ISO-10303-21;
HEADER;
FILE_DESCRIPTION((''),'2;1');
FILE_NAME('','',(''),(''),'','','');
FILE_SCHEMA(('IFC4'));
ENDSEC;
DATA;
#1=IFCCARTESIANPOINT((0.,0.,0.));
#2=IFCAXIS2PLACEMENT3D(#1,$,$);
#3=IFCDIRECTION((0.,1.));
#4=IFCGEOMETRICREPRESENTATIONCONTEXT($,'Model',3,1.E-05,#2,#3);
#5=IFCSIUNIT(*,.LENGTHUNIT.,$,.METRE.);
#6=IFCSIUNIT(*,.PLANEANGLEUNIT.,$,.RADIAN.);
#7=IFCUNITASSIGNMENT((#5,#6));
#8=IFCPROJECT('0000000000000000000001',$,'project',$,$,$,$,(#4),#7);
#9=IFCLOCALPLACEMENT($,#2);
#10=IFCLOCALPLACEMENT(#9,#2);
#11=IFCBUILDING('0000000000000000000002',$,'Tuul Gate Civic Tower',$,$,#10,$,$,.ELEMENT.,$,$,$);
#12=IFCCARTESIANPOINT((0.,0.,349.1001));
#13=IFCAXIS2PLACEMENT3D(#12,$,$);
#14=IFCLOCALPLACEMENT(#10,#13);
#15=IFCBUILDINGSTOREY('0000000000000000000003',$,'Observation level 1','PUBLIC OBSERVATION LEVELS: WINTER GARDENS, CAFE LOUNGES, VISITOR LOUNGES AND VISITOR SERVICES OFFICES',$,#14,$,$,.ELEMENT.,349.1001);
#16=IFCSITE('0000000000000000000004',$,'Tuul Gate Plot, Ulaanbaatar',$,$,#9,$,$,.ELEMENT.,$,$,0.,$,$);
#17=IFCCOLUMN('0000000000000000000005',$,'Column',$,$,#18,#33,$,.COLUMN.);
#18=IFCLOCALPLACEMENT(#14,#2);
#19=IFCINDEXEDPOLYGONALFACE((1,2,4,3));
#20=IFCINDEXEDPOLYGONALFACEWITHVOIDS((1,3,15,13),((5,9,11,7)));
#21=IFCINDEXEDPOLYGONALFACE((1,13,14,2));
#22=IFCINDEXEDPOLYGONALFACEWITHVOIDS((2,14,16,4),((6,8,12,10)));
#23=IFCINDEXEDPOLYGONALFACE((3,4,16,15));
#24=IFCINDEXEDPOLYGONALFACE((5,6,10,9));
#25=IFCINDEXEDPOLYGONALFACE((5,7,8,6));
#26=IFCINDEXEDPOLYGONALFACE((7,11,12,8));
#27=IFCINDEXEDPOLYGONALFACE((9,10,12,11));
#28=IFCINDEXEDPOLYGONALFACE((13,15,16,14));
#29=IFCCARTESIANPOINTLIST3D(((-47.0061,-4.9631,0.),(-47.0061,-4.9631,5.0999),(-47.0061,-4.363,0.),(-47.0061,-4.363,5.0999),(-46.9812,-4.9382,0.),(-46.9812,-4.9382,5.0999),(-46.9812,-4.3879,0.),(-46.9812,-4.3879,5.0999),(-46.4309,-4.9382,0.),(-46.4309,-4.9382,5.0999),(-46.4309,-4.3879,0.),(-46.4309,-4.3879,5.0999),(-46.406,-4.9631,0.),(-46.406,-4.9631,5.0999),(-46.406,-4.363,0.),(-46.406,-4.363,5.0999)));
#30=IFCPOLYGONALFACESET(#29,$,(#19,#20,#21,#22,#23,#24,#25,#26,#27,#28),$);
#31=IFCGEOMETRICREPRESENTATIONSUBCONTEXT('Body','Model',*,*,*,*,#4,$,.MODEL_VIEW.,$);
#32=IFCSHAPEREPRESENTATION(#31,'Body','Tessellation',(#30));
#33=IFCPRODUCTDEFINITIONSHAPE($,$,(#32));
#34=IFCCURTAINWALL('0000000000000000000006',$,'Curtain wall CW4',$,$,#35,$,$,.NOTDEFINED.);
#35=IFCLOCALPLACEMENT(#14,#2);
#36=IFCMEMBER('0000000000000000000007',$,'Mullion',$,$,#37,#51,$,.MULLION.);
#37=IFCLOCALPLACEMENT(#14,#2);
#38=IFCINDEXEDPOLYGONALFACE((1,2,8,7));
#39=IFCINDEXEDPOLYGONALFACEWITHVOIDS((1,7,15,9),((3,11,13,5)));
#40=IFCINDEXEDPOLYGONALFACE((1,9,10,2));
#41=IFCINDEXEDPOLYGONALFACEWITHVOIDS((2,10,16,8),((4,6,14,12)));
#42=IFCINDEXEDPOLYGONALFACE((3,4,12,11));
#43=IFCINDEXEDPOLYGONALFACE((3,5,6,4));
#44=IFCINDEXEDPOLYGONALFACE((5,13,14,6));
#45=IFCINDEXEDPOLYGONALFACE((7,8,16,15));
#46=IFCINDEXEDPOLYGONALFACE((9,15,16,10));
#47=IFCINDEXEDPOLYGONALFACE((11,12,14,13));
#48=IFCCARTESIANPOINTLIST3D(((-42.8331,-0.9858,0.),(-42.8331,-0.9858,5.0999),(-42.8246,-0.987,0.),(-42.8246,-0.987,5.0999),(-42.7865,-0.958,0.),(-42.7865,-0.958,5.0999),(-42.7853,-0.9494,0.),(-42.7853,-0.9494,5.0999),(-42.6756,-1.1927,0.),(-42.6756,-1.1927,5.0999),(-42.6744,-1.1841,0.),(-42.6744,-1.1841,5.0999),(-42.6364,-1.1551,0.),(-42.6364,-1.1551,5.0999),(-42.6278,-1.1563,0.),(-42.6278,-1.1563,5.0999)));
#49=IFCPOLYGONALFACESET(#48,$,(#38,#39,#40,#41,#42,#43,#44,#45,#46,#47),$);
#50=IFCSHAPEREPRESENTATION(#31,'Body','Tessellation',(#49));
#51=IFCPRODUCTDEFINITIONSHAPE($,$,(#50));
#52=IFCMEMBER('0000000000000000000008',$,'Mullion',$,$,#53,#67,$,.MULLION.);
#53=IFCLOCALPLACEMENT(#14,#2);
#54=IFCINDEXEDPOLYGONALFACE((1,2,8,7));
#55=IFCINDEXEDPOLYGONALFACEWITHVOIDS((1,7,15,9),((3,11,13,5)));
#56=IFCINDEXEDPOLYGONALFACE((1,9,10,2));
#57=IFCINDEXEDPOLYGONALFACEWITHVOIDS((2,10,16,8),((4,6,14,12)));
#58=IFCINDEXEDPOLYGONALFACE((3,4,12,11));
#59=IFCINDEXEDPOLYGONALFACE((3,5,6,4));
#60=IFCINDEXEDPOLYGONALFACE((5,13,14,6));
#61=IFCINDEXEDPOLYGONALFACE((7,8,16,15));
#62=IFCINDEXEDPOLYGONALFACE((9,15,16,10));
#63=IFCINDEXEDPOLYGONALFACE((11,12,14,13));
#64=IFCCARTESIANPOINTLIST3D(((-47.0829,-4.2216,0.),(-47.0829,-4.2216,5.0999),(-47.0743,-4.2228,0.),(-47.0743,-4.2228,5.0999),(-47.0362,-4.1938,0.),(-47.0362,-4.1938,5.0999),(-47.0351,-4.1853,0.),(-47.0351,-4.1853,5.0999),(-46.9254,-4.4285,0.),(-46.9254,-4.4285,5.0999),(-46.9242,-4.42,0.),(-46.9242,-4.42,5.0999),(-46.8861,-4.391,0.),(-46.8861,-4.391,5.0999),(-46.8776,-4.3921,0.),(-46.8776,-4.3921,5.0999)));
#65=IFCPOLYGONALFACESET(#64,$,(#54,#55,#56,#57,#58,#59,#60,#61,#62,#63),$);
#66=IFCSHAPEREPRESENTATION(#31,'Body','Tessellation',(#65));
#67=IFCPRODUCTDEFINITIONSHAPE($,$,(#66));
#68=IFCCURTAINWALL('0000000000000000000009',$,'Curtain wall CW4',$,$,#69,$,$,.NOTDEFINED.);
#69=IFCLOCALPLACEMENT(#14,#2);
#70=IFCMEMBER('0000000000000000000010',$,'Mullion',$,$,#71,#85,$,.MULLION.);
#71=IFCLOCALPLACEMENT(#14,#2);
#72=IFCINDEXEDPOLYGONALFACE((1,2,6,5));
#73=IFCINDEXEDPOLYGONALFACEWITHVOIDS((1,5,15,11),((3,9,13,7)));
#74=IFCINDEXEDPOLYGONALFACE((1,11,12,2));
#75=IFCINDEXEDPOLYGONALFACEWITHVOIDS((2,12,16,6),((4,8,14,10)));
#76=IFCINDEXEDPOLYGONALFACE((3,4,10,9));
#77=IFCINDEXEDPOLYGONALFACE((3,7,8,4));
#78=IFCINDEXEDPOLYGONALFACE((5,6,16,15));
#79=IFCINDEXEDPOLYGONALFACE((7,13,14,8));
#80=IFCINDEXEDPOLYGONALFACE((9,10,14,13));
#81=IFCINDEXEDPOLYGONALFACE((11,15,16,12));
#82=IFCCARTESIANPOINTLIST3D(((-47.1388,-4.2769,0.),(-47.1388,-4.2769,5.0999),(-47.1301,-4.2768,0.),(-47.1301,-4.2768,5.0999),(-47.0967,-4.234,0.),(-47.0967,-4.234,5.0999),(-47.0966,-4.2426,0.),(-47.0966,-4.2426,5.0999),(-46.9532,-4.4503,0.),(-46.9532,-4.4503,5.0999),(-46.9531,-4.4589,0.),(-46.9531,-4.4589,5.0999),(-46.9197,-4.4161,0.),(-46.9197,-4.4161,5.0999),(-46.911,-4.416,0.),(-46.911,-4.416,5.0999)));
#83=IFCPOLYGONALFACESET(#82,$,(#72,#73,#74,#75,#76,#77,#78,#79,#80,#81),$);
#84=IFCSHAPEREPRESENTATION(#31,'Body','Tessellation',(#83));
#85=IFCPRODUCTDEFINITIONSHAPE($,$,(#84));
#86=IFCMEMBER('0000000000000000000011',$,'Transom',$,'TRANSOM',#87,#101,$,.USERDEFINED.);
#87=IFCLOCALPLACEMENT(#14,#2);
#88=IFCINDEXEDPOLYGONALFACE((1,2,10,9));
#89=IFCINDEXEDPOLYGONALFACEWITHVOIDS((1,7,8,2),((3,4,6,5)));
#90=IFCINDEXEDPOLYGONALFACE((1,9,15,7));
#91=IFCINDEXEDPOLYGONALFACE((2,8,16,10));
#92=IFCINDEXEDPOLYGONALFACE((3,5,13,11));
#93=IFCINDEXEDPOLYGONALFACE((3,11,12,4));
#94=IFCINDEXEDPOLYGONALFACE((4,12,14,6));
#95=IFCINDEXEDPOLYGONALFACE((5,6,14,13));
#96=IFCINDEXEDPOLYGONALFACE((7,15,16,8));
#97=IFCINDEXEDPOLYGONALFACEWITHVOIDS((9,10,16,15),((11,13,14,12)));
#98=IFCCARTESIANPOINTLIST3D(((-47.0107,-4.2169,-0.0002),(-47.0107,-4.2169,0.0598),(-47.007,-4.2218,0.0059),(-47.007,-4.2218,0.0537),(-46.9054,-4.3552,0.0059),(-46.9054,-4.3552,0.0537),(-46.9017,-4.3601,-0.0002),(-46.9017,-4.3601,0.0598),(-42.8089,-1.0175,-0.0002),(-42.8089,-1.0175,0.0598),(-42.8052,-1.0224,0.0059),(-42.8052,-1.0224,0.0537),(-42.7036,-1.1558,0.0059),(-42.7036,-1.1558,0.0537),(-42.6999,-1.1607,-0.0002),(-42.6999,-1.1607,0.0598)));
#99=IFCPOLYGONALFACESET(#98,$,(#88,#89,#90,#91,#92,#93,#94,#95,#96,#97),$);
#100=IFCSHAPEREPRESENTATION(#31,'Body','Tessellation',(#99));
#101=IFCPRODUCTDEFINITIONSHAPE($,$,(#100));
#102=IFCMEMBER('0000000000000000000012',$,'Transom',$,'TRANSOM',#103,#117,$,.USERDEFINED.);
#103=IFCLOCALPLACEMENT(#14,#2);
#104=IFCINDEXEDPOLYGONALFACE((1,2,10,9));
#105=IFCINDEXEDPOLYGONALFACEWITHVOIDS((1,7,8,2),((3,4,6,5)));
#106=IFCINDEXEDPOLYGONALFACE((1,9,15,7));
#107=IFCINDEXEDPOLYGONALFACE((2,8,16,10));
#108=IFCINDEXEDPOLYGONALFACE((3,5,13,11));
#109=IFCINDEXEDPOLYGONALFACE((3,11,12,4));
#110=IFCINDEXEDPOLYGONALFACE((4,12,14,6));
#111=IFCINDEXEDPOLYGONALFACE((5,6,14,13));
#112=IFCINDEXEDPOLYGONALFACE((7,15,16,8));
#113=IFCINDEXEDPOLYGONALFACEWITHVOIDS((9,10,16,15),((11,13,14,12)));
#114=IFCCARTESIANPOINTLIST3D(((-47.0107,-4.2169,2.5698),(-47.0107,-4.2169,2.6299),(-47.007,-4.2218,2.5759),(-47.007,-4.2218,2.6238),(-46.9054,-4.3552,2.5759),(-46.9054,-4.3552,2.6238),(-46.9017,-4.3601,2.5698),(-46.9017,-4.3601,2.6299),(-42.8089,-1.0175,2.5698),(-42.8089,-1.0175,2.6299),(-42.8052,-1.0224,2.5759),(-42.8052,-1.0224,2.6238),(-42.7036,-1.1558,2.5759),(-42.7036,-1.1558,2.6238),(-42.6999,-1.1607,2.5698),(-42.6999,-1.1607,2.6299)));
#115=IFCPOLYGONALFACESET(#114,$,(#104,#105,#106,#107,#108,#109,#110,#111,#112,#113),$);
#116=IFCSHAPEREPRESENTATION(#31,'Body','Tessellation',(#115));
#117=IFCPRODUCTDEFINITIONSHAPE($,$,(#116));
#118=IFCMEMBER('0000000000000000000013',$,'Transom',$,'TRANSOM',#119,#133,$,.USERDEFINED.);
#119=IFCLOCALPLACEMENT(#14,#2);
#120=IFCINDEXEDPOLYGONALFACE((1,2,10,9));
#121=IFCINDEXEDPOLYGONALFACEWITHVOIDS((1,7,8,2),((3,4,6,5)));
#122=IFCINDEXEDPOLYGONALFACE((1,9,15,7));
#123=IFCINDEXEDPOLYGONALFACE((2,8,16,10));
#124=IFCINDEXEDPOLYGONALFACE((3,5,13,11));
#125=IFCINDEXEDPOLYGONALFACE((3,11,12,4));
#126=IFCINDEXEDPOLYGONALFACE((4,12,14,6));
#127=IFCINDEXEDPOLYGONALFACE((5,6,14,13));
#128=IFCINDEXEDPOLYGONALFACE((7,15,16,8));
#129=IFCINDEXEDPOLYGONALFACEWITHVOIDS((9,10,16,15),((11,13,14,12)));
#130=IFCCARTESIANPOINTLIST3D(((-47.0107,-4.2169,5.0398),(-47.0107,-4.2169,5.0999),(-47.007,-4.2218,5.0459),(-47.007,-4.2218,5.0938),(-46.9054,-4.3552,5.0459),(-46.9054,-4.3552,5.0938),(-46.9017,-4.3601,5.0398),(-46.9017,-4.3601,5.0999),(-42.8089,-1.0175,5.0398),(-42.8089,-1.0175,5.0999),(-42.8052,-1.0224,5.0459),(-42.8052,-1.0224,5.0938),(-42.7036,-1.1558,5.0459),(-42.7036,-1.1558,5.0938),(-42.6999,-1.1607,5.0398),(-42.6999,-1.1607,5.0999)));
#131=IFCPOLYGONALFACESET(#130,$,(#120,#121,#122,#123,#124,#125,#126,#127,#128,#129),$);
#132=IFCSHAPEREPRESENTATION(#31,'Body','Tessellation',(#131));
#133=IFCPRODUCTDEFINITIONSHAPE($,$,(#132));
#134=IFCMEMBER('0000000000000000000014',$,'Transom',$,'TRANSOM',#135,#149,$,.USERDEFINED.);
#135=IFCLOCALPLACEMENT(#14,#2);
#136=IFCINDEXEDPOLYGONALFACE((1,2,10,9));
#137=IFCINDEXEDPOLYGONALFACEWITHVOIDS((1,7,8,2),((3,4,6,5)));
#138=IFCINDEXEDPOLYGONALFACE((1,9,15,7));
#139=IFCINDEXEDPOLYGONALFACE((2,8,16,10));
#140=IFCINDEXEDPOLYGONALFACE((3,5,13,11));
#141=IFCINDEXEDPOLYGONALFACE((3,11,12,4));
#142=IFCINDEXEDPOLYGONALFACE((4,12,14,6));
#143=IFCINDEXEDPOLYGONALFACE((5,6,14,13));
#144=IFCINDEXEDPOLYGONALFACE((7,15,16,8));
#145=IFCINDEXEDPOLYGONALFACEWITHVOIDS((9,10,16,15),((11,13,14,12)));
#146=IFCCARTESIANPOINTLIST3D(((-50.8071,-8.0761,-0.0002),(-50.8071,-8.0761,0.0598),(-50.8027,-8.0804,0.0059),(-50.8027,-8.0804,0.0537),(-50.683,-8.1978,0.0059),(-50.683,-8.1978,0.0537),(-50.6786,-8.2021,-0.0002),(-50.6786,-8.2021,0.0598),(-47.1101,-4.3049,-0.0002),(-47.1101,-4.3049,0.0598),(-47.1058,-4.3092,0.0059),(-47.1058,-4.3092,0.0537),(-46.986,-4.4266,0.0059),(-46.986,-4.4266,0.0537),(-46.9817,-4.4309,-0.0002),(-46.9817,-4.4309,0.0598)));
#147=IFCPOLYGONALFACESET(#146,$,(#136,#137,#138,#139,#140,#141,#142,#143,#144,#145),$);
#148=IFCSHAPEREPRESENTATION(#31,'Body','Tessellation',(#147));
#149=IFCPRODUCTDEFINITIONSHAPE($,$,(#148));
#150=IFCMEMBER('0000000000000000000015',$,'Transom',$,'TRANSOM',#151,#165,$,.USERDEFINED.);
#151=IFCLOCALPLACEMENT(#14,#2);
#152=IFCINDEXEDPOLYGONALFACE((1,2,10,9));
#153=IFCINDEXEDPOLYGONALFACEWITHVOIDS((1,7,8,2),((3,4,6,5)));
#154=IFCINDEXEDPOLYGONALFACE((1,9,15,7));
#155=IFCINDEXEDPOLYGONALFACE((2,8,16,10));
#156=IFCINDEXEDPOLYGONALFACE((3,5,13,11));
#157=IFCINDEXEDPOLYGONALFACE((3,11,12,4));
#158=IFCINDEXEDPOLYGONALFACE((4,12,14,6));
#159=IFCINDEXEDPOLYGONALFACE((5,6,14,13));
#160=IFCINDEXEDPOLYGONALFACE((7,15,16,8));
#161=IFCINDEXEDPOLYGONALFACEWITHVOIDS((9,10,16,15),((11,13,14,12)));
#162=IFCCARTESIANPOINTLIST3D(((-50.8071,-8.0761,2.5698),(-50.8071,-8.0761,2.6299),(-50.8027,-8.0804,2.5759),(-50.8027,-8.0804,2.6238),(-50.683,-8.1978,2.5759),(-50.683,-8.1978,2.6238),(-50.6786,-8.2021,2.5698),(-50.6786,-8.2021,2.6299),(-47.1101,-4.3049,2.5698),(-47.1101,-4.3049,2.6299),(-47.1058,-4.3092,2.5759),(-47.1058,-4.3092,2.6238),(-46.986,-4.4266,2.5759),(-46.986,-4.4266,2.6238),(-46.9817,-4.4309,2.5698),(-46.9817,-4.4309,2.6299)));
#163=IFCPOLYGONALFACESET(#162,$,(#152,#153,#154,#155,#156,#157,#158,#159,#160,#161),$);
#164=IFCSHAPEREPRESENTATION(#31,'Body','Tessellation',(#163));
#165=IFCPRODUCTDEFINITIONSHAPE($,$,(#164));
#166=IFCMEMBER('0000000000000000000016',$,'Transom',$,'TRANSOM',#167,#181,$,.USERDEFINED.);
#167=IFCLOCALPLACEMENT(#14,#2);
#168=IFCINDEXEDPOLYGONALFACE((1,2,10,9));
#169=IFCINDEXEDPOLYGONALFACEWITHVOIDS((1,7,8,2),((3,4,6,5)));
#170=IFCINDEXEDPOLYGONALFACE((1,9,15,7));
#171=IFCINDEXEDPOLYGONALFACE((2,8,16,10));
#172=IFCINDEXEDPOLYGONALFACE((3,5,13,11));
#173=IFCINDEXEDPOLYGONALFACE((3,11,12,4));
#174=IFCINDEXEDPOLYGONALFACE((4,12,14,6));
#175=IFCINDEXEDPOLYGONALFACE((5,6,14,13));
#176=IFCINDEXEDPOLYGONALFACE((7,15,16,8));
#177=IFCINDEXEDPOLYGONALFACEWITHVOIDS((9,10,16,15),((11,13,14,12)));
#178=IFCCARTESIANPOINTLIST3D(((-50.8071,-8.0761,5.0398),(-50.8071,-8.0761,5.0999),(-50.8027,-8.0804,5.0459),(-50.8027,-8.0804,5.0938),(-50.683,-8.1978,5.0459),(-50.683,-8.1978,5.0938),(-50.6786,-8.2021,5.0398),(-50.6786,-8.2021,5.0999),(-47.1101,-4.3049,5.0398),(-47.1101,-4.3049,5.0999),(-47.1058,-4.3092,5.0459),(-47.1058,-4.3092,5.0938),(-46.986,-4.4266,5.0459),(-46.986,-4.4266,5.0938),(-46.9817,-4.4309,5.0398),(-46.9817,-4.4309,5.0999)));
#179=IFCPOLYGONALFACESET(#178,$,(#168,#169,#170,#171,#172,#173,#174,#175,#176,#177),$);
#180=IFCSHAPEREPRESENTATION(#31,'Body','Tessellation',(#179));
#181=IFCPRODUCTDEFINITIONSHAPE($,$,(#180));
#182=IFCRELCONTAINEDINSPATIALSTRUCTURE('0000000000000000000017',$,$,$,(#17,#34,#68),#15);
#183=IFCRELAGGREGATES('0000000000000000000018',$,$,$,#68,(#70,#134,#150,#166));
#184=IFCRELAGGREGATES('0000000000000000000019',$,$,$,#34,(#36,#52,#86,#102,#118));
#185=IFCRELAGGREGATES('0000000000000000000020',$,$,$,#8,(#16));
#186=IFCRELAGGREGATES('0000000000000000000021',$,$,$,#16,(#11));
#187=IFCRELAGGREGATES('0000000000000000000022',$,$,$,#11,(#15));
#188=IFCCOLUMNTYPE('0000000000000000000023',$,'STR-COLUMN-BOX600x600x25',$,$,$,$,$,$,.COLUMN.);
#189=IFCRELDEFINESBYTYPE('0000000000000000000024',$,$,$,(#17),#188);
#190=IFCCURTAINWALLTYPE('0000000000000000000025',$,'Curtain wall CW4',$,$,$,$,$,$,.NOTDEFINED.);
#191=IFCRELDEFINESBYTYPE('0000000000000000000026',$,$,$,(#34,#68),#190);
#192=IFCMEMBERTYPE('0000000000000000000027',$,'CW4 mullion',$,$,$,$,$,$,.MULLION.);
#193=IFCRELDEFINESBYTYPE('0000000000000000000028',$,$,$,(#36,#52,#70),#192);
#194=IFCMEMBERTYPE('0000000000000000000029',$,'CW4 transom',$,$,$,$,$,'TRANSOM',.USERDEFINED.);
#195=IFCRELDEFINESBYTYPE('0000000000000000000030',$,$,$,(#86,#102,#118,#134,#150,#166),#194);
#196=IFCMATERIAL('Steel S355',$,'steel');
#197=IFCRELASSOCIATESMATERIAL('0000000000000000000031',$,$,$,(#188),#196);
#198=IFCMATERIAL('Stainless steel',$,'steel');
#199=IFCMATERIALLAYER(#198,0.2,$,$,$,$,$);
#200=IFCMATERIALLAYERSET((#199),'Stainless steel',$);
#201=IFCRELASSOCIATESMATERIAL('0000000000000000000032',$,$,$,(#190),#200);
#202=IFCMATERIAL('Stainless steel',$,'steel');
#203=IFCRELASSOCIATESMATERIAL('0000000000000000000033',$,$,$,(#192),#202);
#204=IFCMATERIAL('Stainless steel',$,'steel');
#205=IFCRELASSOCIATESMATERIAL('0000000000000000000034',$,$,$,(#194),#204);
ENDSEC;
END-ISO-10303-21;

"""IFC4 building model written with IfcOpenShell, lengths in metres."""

from ifc_helpers import new_model, si_unit, direction, frame, origin, origin_2d, place, context, subcontext, project, spatial, hollow_rectangle, extrude, material, layer, layer_set, material_profile, profile_set, type_object, element, aggregate, save


model = new_model("IFC4")

# Units and contexts
model_context = context("Model", 3, precision=1e-05, world=origin(), true_north=direction((0.0, 1.0)))
body_context = subcontext(model_context, "Body", "Model", "MODEL_VIEW")
ifc_project = project(units=[si_unit("LENGTHUNIT", "METRE"), si_unit("PLANEANGLEUNIT", "RADIAN")], contexts=[model_context])

# Site, building, storey
site_placement = place(None, origin())
site = spatial("IfcSite", under=ifc_project, at=site_placement, Name="Tuul Gate Plot, Ulaanbaatar", CompositionType="ELEMENT", RefElevation=0.0)
building_placement = place(site_placement, origin())
building = spatial("IfcBuilding", under=site, at=building_placement, Name="Tuul Gate Civic Tower", CompositionType="ELEMENT")
storey_placement = place(building_placement, frame((0.0, 0.0, 349.1001)))
storey = spatial("IfcBuildingStorey", under=building, at=storey_placement, Name="Observation level 1", Description="PUBLIC OBSERVATION LEVELS: WINTER GARDENS, CAFE LOUNGES, VISITOR LOUNGES AND VISITOR SERVICES OFFICES", CompositionType="ELEMENT", Elevation=349.1001)

# Column
ifc_material_1 = material(Name="Steel S355", Category="steel")
ifc_material_profile_1 = material_profile(ifc_material_1, hollow_rectangle(XDim=0.6001, YDim=0.6001, WallThickness=0.0249, at=origin_2d()), Name="BOX600x600x25")
ifc_profile_set_1 = profile_set([ifc_material_profile_1], Name="Steel S355")
column_type = type_object("IfcColumnType", Name="STR-COLUMN-BOX600x600x25", PredefinedType="COLUMN", material=ifc_profile_set_1)
column_placement = place(storey_placement, frame((-46.7061, -4.6631, 0.0), z_axis=(0.0, 0.0, 1.0), x_axis=(1.0, 0.0, 0.0)))
element("IfcColumn", 1, at=column_placement, inside=storey, type_object=column_type, Name="Column", PredefinedType="COLUMN", context=body_context, shape_type="SweptSolid", body=[
    extrude(hollow_rectangle(XDim=0.6001, YDim=0.6001, WallThickness=0.0249, at=origin_2d()), origin(), (0.0, 0.0, 1.0), 5.0999),
])

# Curtain wall, members
ifc_material_2 = material(Name="Stainless steel", Category="steel")
ifc_layer_1 = layer(ifc_material_2, 0.2)
ifc_layer_set_1 = layer_set([ifc_layer_1], Name="Stainless steel")
curtain_wall_type = type_object("IfcCurtainWallType", Name="Curtain wall CW4", PredefinedType="NOTDEFINED", material=ifc_layer_set_1)
curtain_wall_1_placement = place(storey_placement, origin())
curtain_wall_1 = element("IfcCurtainWall", 2, at=curtain_wall_1_placement, inside=storey, type_object=curtain_wall_type, Name="Curtain wall CW4", PredefinedType="NOTDEFINED")
ifc_material_3 = material(Name="Stainless steel", Category="steel")
ifc_material_profile_2 = material_profile(ifc_material_3, hollow_rectangle(XDim=0.26, YDim=0.0601, WallThickness=0.0061, at=origin_2d()), Name="CW4 mullion")
ifc_profile_set_2 = profile_set([ifc_material_profile_2], Name="Stainless steel")
member_type_1 = type_object("IfcMemberType", Name="CW4 mullion", PredefinedType="MULLION", material=ifc_profile_set_2)
member_1_placement = place(storey_placement, frame((-42.7305, -1.071, 0.0), z_axis=(0.0, 0.0, 1.0), x_axis=(0.605808, -0.795611, 0.0)))
member_1 = element("IfcMember", 3, at=member_1_placement, type_object=member_type_1, Name="Mullion", PredefinedType="MULLION", context=body_context, shape_type="SweptSolid", body=[
    extrude(hollow_rectangle(XDim=0.26, YDim=0.0601, WallThickness=0.0061, at=origin_2d()), origin(), (0.0, 0.0, 1.0), 5.0999),
])
member_2_placement = place(storey_placement, frame((-46.9802, -4.3069, 0.0), z_axis=(0.0, 0.0, 1.0), x_axis=(0.605808, -0.795611, 0.0)))
member_2 = element("IfcMember", 4, at=member_2_placement, type_object=member_type_1, Name="Mullion", PredefinedType="MULLION", context=body_context, shape_type="SweptSolid", body=[
    extrude(hollow_rectangle(XDim=0.26, YDim=0.0601, WallThickness=0.0061, at=origin_2d()), origin(), (0.0, 0.0, 1.0), 5.0999),
])

# Curtain wall, member
curtain_wall_2_placement = place(storey_placement, origin())
curtain_wall_2 = element("IfcCurtainWall", 5, at=curtain_wall_2_placement, inside=storey, type_object=curtain_wall_type, Name="Curtain wall CW4", PredefinedType="NOTDEFINED")
member_3_placement = place(storey_placement, frame((-47.0249, -4.3464, 0.0), z_axis=(0.0, 0.0, 1.0), x_axis=(0.7141, -0.700043, 0.0)))
member_3 = element("IfcMember", 6, at=member_3_placement, type_object=member_type_1, Name="Mullion", PredefinedType="MULLION", context=body_context, shape_type="SweptSolid", body=[
    extrude(hollow_rectangle(XDim=0.26, YDim=0.0601, WallThickness=0.0061, at=origin_2d()), origin(), (0.0, 0.0, 1.0), 5.0999),
])

# Members
ifc_material_4 = material(Name="Stainless steel", Category="steel")
ifc_material_profile_3 = material_profile(ifc_material_4, hollow_rectangle(XDim=0.1799, YDim=0.0601, WallThickness=0.0061, at=origin_2d()), Name="CW4 transom")
ifc_profile_set_3 = profile_set([ifc_material_profile_3], Name="Stainless steel")
member_type_2 = type_object("IfcMemberType", Name="CW4 transom", ElementType="TRANSOM", PredefinedType="USERDEFINED", material=ifc_profile_set_3)
member_4_placement = place(storey_placement, frame((-42.7544, -1.0891, 0.0298), z_axis=(-0.795613, -0.605805, 0.0), x_axis=(0.605805, -0.795613, 0.0)))
member_4 = element("IfcMember", 7, at=member_4_placement, type_object=member_type_2, Name="Transom", ObjectType="TRANSOM", PredefinedType="USERDEFINED", context=body_context, shape_type="SweptSolid", body=[
    extrude(hollow_rectangle(XDim=0.1799, YDim=0.0601, WallThickness=0.0061, at=origin_2d()), origin(), (0.0, 0.0, 1.0), 5.2812),
])
member_5_placement = place(storey_placement, frame((-42.7544, -1.0891, 2.5999), z_axis=(-0.795613, -0.605805, 0.0), x_axis=(0.605805, -0.795613, 0.0)))
member_5 = element("IfcMember", 8, at=member_5_placement, type_object=member_type_2, Name="Transom", ObjectType="TRANSOM", PredefinedType="USERDEFINED", context=body_context, shape_type="SweptSolid", body=[
    extrude(hollow_rectangle(XDim=0.1799, YDim=0.0601, WallThickness=0.0061, at=origin_2d()), origin(), (0.0, 0.0, 1.0), 5.2812),
])
member_6_placement = place(storey_placement, frame((-42.7544, -1.0891, 5.0698), z_axis=(-0.795613, -0.605805, 0.0), x_axis=(0.605805, -0.795613, 0.0)))
member_6 = element("IfcMember", 9, at=member_6_placement, type_object=member_type_2, Name="Transom", ObjectType="TRANSOM", PredefinedType="USERDEFINED", context=body_context, shape_type="SweptSolid", body=[
    extrude(hollow_rectangle(XDim=0.1799, YDim=0.0601, WallThickness=0.0061, at=origin_2d()), origin(), (0.0, 0.0, 1.0), 5.2812),
])
member_7_placement = place(storey_placement, frame((-47.0459, -4.3679, 0.0298), z_axis=(-0.700045, -0.714099, 0.0), x_axis=(0.714099, -0.700045, 0.0)))
member_7 = element("IfcMember", 10, at=member_7_placement, type_object=member_type_2, Name="Transom", ObjectType="TRANSOM", PredefinedType="USERDEFINED", context=body_context, shape_type="SweptSolid", body=[
    extrude(hollow_rectangle(XDim=0.1799, YDim=0.0601, WallThickness=0.0061, at=origin_2d()), origin(), (0.0, 0.0, 1.0), 5.281),
])
member_8_placement = place(storey_placement, frame((-47.0459, -4.3679, 2.5999), z_axis=(-0.700045, -0.714099, 0.0), x_axis=(0.714099, -0.700045, 0.0)))
member_8 = element("IfcMember", 11, at=member_8_placement, type_object=member_type_2, Name="Transom", ObjectType="TRANSOM", PredefinedType="USERDEFINED", context=body_context, shape_type="SweptSolid", body=[
    extrude(hollow_rectangle(XDim=0.1799, YDim=0.0601, WallThickness=0.0061, at=origin_2d()), origin(), (0.0, 0.0, 1.0), 5.281),
])
member_9_placement = place(storey_placement, frame((-47.0459, -4.3679, 5.0698), z_axis=(-0.700045, -0.714099, 0.0), x_axis=(0.714099, -0.700045, 0.0)))
member_9 = element("IfcMember", 12, at=member_9_placement, type_object=member_type_2, Name="Transom", ObjectType="TRANSOM", PredefinedType="USERDEFINED", context=body_context, shape_type="SweptSolid", body=[
    extrude(hollow_rectangle(XDim=0.1799, YDim=0.0601, WallThickness=0.0061, at=origin_2d()), origin(), (0.0, 0.0, 1.0), 5.281),
])
aggregate(curtain_wall_2, [member_3, member_7, member_8, member_9])

aggregate(curtain_wall_1, [member_1, member_2, member_4, member_5, member_6])

save(model, "model.ifc")
